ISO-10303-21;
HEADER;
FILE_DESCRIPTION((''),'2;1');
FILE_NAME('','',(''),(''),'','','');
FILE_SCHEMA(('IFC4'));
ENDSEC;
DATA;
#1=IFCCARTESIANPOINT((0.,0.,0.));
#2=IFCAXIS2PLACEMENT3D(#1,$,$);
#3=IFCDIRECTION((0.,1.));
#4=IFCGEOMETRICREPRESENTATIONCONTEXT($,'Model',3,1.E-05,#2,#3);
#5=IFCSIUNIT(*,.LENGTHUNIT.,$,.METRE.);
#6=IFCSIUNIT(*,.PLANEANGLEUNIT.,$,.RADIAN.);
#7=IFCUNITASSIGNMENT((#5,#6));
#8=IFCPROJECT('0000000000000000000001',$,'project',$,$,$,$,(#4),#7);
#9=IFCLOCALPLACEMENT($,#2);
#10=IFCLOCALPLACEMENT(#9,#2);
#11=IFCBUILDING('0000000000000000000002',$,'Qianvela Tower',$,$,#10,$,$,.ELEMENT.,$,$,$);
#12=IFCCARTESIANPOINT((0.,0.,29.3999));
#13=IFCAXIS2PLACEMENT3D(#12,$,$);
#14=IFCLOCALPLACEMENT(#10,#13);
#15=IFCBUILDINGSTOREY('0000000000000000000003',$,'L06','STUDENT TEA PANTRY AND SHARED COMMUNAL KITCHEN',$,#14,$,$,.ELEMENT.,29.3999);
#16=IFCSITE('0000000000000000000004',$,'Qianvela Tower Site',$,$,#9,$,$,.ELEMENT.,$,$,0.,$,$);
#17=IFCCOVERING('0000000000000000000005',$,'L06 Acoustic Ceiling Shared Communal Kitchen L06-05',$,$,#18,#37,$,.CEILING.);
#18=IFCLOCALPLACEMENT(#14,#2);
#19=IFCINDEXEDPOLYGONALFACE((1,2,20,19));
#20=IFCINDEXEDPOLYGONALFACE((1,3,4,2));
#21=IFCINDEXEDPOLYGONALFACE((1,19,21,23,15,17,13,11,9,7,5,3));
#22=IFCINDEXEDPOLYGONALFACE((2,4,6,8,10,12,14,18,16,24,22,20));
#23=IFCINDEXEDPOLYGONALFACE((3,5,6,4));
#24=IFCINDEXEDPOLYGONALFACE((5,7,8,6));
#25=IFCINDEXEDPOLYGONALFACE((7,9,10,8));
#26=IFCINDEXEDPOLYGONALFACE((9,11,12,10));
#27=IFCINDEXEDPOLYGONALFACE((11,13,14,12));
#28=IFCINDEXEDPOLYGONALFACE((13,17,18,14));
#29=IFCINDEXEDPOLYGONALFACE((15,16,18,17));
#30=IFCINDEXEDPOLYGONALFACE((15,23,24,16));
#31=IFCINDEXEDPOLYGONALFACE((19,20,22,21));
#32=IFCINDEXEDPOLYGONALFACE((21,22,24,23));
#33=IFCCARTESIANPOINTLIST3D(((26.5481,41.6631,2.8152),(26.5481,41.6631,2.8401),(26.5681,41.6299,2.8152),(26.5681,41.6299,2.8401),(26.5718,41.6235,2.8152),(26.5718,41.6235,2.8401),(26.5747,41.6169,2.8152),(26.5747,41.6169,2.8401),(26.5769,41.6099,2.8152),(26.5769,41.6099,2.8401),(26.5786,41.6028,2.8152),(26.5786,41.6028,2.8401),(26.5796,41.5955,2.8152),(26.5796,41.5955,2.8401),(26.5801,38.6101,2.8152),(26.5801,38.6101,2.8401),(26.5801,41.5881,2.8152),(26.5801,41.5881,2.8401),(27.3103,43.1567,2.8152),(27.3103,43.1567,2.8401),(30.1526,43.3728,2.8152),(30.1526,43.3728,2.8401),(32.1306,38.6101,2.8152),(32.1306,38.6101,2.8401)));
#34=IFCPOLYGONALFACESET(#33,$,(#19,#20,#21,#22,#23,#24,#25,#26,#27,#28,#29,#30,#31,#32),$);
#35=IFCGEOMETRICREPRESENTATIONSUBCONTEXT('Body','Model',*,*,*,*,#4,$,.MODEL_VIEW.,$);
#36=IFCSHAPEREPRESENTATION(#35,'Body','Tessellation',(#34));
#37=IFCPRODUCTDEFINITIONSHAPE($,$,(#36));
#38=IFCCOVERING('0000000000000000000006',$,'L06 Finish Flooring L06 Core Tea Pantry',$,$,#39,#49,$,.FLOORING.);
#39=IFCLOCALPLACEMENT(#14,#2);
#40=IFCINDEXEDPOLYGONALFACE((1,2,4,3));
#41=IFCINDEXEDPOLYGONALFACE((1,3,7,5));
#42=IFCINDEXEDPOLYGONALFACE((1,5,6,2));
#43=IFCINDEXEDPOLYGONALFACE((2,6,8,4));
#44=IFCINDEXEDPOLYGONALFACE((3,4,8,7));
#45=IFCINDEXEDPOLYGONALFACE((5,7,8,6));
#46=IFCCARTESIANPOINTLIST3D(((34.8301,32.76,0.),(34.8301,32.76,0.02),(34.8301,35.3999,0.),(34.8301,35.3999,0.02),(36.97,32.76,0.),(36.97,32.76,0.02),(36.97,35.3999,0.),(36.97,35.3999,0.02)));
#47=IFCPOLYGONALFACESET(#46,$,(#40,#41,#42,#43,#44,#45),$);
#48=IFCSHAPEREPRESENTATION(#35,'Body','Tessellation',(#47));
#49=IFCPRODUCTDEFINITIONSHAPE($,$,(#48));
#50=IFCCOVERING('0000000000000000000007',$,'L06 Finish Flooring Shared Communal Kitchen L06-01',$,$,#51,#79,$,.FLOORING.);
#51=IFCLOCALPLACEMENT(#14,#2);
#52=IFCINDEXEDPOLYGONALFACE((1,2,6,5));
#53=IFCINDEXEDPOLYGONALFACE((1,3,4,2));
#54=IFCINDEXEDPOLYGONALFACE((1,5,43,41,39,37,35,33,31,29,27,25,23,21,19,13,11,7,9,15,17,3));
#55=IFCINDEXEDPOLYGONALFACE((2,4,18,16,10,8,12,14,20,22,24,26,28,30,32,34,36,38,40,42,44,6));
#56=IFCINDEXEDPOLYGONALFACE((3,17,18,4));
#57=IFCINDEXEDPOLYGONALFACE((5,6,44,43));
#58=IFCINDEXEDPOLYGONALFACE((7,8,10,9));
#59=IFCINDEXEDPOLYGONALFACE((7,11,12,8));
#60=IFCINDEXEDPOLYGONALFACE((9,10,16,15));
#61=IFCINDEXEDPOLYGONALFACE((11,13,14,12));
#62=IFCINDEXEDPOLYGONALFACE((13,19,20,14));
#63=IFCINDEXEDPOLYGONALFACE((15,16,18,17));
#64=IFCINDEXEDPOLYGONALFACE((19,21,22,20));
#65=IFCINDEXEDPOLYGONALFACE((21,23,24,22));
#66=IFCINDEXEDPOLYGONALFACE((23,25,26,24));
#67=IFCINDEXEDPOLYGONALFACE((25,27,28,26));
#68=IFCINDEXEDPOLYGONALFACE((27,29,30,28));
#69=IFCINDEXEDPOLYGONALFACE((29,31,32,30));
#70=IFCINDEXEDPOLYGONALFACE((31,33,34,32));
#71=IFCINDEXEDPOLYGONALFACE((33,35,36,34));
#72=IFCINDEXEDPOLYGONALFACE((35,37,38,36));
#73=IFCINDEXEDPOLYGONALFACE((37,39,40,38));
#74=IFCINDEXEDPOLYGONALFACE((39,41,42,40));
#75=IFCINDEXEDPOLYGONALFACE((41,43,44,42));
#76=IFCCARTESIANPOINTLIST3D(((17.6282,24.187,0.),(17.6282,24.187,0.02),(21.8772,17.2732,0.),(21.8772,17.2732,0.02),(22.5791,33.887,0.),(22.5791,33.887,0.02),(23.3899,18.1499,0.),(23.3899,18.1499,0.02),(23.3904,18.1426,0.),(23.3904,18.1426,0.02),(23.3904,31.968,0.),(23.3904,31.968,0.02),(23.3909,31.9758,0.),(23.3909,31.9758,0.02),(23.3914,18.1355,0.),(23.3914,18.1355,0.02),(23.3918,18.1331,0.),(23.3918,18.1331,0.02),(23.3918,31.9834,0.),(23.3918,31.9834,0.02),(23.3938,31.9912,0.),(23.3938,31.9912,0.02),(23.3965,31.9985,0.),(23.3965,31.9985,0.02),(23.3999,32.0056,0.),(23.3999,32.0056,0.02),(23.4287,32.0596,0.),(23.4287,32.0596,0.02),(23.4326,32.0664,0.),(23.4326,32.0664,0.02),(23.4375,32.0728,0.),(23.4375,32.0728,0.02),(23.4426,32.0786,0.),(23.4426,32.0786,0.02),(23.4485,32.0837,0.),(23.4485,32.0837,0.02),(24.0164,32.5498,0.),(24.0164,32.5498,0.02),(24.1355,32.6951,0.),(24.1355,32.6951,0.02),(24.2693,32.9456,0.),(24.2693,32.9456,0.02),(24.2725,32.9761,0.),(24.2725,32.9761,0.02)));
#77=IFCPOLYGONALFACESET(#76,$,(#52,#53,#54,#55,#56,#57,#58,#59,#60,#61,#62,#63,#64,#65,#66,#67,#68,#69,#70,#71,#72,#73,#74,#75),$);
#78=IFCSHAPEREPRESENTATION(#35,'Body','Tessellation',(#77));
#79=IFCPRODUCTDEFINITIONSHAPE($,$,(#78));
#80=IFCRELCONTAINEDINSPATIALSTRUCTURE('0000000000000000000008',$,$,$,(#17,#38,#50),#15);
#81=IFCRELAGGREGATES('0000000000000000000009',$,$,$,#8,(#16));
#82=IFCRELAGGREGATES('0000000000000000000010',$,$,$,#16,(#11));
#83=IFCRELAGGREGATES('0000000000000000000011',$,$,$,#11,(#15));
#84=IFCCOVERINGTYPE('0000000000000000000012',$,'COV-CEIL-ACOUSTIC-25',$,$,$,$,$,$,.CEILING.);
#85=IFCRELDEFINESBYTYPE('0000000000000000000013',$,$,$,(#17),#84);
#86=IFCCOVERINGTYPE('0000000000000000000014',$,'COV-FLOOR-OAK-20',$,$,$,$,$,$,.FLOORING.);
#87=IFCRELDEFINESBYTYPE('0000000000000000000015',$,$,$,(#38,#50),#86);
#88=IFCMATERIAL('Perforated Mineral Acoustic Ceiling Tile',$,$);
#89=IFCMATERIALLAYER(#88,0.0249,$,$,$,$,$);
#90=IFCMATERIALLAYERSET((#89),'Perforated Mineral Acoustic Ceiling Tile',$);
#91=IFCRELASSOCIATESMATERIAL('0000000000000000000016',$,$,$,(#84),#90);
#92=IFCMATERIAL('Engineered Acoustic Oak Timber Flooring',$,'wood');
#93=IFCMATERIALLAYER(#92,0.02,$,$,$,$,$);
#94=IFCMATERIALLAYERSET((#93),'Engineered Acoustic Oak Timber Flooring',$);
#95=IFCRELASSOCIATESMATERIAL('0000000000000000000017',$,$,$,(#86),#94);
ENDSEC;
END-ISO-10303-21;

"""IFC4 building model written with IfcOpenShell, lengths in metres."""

from ifc_helpers import new_model, si_unit, direction, frame, origin, place, context, subcontext, project, spatial, polyline, outline, extrude, material, layer, layer_set, type_object, element, save


model = new_model("IFC4")

# Units and contexts
model_context = context("Model", 3, precision=1e-05, world=origin(), true_north=direction((0.0, 1.0)))
body_context = subcontext(model_context, "Body", "Model", "MODEL_VIEW")
ifc_project = project(units=[si_unit("LENGTHUNIT", "METRE"), si_unit("PLANEANGLEUNIT", "RADIAN")], contexts=[model_context])

# Site, building, storey
site_placement = place(None, origin())
site = spatial("IfcSite", under=ifc_project, at=site_placement, Name="Qianvela Tower Site", CompositionType="ELEMENT", RefElevation=0.0)
building_placement = place(site_placement, origin())
building = spatial("IfcBuilding", under=site, at=building_placement, Name="Qianvela Tower", CompositionType="ELEMENT")
storey_placement = place(building_placement, frame((0.0, 0.0, 29.3999)))
storey = spatial("IfcBuildingStorey", under=building, at=storey_placement, Name="L06", Description="STUDENT TEA PANTRY AND SHARED COMMUNAL KITCHEN", CompositionType="ELEMENT", Elevation=29.3999)

# Coverings
ifc_material_1 = material(Name="Perforated Mineral Acoustic Ceiling Tile")
ifc_layer_1 = layer(ifc_material_1, 0.0249)
ifc_layer_set_1 = layer_set([ifc_layer_1], Name="Perforated Mineral Acoustic Ceiling Tile")
covering_type_1 = type_object("IfcCoveringType", Name="COV-CEIL-ACOUSTIC-25", PredefinedType="CEILING", material=ifc_layer_set_1)
covering_1_placement = place(storey_placement, frame((0.0, 0.0, 2.8152)))
element("IfcCovering", 1, at=covering_1_placement, inside=storey, type_object=covering_type_1, Name="L06 Acoustic Ceiling Shared Communal Kitchen L06-05", PredefinedType="CEILING", context=body_context, shape_type="SweptSolid", body=[
    extrude(outline(polyline([(26.5801, 41.5881), (26.5796, 41.5955), (26.5786, 41.6028), (26.5769, 41.6099), (26.5747, 41.6169), (26.5718, 41.6235), (26.5681, 41.6299), (26.5481, 41.6631), (27.3103, 43.1567), (30.1526, 43.3728), (32.1306, 38.6101), (26.5801, 38.6101), (26.5801, 41.5881)])), origin(), (0.0, 0.0, 1.0), 0.0249),
])
ifc_material_2 = material(Name="Engineered Acoustic Oak Timber Flooring", Category="wood")
ifc_layer_2 = layer(ifc_material_2, 0.02)
ifc_layer_set_2 = layer_set([ifc_layer_2], Name="Engineered Acoustic Oak Timber Flooring")
covering_type_2 = type_object("IfcCoveringType", Name="COV-FLOOR-OAK-20", PredefinedType="FLOORING", material=ifc_layer_set_2)
covering_2_placement = place(storey_placement, origin())
element("IfcCovering", 2, at=covering_2_placement, inside=storey, type_object=covering_type_2, Name="L06 Finish Flooring L06 Core Tea Pantry", PredefinedType="FLOORING", context=body_context, shape_type="SweptSolid", body=[
    extrude(outline(polyline([(36.97, 32.76), (34.8301, 32.76), (34.8301, 35.3999), (36.97, 35.3999), (36.97, 32.76)])), origin(), (0.0, 0.0, 1.0), 0.02),
])
covering_3_placement = place(storey_placement, origin())
element("IfcCovering", 3, at=covering_3_placement, inside=storey, type_object=covering_type_2, Name="L06 Finish Flooring Shared Communal Kitchen L06-01", PredefinedType="FLOORING", context=body_context, shape_type="SweptSolid", body=[
    extrude(outline(polyline([(22.5791, 33.887), (24.2725, 32.9761), (24.2693, 32.9456), (24.1355, 32.6951), (24.0164, 32.5498), (23.4485, 32.0837), (23.4426, 32.0786), (23.4375, 32.0728), (23.4326, 32.0664), (23.4287, 32.0596), (23.3999, 32.0056), (23.3965, 31.9985), (23.3938, 31.9912), (23.3918, 31.9834), (23.3909, 31.9758), (23.3904, 31.968), (23.3899, 18.1499), (23.3904, 18.1426), (23.3914, 18.1355), (23.3918, 18.1331), (21.8772, 17.2732), (17.6282, 24.187), (22.5791, 33.887)])), origin(), (0.0, 0.0, 1.0), 0.02),
])

save(model, "model.ifc")
